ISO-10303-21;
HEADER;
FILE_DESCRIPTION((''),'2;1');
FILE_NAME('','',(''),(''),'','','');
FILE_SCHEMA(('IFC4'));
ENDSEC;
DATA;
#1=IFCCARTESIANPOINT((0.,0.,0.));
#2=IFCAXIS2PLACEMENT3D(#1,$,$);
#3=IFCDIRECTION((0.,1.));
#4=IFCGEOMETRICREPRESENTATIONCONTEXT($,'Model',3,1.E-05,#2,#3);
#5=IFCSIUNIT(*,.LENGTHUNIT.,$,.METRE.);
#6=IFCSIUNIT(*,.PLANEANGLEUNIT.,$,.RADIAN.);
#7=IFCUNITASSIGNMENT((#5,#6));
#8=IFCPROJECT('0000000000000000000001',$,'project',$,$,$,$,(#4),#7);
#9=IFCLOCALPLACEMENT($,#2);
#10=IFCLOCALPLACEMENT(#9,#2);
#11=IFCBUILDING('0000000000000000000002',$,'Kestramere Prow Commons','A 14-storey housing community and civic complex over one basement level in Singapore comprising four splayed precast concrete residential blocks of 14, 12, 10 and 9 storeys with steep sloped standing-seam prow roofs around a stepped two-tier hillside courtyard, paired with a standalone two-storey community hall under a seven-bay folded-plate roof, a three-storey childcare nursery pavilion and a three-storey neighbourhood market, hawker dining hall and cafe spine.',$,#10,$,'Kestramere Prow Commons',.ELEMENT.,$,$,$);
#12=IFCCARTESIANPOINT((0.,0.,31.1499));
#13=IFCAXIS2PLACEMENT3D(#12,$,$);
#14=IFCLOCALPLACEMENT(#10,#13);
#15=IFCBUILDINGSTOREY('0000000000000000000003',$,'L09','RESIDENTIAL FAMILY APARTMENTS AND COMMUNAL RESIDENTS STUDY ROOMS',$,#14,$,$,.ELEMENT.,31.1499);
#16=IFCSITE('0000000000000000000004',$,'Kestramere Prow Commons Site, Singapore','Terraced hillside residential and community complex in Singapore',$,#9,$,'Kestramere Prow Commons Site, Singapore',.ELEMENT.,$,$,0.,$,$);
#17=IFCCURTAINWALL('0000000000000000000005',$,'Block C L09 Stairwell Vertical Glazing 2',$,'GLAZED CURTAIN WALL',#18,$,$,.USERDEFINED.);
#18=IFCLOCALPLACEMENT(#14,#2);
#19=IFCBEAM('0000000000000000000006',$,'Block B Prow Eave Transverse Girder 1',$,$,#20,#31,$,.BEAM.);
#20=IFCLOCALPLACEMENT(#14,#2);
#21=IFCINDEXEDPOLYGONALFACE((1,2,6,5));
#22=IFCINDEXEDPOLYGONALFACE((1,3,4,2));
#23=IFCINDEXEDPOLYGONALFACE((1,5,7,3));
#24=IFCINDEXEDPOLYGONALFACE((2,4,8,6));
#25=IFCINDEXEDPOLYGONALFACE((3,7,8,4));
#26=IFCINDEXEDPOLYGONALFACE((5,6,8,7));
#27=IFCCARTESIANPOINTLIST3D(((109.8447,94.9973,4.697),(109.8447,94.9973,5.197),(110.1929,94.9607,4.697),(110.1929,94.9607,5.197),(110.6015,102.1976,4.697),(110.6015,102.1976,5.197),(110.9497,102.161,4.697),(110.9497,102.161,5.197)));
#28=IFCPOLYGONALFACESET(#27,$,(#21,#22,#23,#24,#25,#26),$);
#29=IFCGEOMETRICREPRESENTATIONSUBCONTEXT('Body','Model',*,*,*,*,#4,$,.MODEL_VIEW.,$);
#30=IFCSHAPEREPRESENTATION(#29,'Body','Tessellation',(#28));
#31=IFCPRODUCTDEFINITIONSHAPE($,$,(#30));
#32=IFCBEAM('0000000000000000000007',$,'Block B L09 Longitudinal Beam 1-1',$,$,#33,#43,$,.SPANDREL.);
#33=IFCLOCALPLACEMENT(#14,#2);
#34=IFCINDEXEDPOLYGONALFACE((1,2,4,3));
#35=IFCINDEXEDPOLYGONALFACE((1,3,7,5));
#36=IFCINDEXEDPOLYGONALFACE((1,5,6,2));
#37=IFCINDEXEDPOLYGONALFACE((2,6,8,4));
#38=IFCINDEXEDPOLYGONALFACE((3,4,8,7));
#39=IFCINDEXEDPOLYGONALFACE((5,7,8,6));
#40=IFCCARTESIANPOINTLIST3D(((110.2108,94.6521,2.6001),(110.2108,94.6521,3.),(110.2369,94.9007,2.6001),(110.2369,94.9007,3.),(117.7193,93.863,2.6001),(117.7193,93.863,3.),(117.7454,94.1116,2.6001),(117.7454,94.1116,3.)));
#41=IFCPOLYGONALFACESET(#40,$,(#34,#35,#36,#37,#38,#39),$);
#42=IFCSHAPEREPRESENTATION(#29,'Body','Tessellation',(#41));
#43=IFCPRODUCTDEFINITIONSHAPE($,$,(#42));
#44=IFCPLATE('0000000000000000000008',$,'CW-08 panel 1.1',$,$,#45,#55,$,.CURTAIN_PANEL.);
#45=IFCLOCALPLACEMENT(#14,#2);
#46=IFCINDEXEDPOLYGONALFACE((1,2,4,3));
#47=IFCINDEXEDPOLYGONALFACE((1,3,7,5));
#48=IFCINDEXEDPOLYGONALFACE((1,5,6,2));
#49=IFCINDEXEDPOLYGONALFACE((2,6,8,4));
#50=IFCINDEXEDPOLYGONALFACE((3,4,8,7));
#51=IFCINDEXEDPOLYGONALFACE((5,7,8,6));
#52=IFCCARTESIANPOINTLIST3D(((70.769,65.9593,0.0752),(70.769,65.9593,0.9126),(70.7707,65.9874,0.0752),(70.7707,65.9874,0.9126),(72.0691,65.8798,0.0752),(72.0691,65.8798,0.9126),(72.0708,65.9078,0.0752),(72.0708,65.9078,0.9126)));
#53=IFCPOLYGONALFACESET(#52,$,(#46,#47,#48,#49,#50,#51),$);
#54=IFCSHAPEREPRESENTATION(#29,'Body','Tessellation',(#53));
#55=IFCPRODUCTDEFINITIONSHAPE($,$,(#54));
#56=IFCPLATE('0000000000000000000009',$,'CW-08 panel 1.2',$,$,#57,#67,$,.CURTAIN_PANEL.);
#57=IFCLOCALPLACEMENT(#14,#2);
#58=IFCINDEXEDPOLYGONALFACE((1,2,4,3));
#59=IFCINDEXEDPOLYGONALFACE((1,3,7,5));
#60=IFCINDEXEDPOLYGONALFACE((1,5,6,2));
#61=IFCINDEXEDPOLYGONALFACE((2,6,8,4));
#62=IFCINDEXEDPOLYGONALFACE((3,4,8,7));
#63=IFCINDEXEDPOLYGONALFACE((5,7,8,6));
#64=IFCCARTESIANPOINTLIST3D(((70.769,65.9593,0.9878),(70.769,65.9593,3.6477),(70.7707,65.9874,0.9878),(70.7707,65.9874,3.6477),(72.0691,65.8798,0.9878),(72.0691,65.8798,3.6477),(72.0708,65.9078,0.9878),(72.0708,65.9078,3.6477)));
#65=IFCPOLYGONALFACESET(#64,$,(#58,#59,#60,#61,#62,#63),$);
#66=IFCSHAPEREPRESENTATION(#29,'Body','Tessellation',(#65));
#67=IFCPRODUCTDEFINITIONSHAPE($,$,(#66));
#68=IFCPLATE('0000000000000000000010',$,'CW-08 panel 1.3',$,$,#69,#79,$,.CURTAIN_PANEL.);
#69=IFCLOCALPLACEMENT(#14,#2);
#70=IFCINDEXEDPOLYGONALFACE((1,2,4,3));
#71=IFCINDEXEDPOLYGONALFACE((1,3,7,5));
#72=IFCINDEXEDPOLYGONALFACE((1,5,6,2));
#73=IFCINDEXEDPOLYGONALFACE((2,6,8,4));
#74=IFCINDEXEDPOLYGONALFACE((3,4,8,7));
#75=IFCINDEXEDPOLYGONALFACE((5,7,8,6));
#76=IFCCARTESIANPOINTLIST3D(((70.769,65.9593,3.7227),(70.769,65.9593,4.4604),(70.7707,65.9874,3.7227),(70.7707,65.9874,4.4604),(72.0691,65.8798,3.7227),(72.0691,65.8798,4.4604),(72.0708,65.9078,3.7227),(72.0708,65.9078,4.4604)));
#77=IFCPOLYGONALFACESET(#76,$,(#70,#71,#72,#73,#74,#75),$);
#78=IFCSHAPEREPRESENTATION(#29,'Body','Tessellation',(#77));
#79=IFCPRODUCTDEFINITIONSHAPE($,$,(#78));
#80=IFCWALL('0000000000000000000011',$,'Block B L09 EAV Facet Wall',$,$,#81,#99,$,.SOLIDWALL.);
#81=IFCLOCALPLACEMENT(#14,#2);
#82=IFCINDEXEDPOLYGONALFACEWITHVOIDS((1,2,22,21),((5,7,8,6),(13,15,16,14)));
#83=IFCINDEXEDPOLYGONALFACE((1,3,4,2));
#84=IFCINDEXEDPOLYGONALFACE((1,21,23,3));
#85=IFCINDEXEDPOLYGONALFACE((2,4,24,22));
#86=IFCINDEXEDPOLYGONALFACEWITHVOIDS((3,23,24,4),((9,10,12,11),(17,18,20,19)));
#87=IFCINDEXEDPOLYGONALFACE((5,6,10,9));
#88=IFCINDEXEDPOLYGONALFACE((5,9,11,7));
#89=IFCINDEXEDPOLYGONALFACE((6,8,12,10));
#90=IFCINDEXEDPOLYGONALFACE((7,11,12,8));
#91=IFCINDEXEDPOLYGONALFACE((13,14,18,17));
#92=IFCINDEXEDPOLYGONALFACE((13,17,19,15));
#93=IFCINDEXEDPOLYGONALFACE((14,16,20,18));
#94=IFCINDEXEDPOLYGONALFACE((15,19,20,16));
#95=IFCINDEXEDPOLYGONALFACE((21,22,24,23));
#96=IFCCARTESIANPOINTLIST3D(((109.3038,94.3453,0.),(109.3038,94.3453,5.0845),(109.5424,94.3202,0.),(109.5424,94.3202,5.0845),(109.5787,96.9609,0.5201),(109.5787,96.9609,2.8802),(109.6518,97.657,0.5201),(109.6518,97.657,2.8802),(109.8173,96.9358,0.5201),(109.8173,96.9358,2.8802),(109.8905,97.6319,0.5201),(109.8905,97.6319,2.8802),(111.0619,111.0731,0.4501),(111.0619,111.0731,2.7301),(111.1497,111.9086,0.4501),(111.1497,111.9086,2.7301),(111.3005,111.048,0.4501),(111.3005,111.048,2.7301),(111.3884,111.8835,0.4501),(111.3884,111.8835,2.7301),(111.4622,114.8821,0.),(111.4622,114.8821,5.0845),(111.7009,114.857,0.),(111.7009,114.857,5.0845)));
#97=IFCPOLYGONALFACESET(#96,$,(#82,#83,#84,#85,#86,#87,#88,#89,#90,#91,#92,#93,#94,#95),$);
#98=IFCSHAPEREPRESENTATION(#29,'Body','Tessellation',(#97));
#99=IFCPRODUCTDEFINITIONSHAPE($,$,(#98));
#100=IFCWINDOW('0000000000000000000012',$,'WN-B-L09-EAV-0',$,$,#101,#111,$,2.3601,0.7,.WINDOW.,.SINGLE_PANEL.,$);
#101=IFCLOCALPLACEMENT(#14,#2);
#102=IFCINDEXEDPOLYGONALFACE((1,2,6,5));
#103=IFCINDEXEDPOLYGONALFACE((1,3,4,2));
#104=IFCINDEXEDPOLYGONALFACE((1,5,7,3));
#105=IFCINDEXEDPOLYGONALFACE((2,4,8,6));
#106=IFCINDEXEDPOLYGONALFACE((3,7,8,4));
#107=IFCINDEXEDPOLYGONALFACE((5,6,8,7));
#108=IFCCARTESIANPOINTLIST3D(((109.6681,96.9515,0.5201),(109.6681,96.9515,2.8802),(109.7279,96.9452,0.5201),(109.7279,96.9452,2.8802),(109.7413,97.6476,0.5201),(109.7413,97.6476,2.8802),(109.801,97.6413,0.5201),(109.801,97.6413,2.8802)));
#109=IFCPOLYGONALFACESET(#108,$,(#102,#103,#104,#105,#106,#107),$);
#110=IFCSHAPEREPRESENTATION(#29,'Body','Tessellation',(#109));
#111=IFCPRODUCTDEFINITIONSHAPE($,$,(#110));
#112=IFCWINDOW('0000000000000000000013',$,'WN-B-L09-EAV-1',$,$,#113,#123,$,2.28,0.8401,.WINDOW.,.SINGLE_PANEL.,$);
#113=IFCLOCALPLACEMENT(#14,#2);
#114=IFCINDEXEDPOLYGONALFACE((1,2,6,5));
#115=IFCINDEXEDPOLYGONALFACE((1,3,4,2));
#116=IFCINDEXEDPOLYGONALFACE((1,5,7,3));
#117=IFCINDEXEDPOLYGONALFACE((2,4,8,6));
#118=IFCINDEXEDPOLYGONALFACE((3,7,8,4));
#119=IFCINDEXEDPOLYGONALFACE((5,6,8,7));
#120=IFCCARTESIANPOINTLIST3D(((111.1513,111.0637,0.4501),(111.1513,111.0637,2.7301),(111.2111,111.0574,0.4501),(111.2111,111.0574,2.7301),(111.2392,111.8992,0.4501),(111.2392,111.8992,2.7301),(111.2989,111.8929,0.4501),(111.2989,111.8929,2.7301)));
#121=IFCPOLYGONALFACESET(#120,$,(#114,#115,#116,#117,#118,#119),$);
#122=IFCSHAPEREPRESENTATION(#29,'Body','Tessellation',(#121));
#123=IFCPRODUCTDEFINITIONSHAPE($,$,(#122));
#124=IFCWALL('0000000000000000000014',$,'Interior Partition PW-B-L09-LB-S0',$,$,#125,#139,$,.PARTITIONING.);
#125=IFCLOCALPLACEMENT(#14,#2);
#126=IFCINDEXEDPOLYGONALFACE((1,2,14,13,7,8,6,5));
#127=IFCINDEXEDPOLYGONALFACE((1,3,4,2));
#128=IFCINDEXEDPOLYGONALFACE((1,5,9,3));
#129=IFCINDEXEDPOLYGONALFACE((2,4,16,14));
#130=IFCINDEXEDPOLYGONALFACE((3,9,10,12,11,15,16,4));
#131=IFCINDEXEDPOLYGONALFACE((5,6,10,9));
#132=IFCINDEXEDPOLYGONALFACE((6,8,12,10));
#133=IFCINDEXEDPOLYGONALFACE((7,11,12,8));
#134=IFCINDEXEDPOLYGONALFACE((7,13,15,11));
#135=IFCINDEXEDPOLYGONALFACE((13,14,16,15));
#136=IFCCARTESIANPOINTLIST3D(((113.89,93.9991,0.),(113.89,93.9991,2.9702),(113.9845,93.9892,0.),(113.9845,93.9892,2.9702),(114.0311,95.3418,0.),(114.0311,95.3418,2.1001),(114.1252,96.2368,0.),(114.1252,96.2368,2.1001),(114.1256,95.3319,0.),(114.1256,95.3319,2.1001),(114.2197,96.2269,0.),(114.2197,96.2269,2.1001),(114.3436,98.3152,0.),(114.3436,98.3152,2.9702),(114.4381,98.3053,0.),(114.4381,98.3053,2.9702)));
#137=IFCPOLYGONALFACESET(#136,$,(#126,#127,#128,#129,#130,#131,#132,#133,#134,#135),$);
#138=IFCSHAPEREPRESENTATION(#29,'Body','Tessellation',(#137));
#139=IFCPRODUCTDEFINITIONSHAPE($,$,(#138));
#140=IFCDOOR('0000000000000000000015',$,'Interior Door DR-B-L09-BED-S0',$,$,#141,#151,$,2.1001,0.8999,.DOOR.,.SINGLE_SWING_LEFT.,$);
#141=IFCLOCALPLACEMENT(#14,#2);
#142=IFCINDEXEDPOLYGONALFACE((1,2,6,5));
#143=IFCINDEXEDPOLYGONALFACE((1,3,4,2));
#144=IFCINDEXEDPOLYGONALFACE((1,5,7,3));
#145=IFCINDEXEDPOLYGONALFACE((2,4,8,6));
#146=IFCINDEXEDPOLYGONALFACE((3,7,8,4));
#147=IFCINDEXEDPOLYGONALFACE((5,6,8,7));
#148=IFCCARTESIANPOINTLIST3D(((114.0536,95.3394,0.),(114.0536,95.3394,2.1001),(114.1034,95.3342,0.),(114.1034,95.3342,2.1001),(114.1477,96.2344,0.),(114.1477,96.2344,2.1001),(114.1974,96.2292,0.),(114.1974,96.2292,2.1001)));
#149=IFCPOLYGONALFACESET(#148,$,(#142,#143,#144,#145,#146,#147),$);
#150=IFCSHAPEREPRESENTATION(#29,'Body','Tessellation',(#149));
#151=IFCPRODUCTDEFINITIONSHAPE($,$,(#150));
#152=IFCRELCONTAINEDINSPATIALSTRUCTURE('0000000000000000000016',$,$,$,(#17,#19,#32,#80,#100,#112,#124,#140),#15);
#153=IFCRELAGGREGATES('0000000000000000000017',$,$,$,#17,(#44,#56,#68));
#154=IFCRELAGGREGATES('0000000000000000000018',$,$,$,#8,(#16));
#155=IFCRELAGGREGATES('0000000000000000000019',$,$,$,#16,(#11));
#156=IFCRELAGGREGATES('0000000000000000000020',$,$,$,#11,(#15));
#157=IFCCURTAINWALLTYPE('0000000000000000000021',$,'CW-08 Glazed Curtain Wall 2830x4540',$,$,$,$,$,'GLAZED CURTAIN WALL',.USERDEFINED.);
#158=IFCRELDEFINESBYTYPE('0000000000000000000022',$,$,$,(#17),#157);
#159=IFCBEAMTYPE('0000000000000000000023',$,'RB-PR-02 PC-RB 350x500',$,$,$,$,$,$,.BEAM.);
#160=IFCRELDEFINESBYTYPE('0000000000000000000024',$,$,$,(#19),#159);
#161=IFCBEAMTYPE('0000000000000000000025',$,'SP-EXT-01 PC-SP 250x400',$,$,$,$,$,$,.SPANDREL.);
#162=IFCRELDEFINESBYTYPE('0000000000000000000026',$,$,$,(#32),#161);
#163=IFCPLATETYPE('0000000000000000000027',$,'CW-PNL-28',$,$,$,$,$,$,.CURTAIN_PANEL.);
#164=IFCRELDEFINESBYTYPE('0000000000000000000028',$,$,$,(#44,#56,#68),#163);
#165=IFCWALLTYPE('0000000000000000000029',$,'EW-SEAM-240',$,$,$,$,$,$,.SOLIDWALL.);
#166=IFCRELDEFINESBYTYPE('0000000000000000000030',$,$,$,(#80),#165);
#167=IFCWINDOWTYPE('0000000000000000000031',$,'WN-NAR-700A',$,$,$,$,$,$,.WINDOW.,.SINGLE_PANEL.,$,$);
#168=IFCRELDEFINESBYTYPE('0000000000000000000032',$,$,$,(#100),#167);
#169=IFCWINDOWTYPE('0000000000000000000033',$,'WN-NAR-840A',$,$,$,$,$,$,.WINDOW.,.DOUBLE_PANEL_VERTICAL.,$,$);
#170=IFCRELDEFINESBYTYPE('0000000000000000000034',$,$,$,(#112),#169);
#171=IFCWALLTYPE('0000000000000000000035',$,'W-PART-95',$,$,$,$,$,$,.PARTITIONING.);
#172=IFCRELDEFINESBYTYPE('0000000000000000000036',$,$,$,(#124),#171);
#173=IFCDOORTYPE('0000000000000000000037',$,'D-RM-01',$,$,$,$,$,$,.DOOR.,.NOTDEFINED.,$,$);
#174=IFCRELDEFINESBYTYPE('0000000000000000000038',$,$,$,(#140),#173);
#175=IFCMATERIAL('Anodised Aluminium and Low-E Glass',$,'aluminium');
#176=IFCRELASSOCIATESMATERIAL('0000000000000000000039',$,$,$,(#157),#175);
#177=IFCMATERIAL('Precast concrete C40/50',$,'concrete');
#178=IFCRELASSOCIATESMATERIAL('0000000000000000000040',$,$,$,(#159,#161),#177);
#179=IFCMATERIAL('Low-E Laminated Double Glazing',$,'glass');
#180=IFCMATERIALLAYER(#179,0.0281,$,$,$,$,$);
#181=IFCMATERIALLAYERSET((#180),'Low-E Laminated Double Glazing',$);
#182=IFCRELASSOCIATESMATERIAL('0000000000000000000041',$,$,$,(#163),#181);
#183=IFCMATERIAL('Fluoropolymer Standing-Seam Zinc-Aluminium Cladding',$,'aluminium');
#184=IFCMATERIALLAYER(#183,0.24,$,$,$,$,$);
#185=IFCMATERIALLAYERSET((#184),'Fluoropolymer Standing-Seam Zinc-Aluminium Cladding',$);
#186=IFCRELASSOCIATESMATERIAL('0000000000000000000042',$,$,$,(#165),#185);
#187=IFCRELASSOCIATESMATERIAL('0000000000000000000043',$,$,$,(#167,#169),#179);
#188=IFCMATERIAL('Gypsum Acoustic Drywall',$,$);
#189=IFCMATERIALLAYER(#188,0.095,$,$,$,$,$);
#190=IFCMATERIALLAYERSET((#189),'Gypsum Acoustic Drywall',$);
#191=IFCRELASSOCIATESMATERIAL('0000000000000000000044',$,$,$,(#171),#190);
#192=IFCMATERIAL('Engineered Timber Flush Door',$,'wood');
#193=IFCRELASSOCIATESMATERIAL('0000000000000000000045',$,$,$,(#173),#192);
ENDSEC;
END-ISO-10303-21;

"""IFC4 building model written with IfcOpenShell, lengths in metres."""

from ifc_helpers import new_model, si_unit, direction, frame, frame_2d, origin, origin_2d, place, context, subcontext, project, spatial, rectangle, extrude, material, layer, layer_set, material_profile, profile_set, type_object, element, fill, aggregate, save


model = new_model("IFC4")

# Units and contexts
model_context = context("Model", 3, precision=1e-05, world=origin(), true_north=direction((0.0, 1.0)))
body_context = subcontext(model_context, "Body", "Model", "MODEL_VIEW")
ifc_project = project(units=[si_unit("LENGTHUNIT", "METRE"), si_unit("PLANEANGLEUNIT", "RADIAN")], contexts=[model_context])

# Site, building, storey
site_placement = place(None, origin())
site = spatial("IfcSite", under=ifc_project, at=site_placement, Name="Kestramere Prow Commons Site, Singapore", Description="Terraced hillside residential and community complex in Singapore", LongName="Kestramere Prow Commons Site, Singapore", CompositionType="ELEMENT", RefElevation=0.0)
building_placement = place(site_placement, origin())
building = spatial("IfcBuilding", under=site, at=building_placement, Name="Kestramere Prow Commons", Description="A 14-storey housing community and civic complex over one basement level in Singapore comprising four splayed precast concrete residential blocks of 14, 12, 10 and 9 storeys with steep sloped standing-seam prow roofs around a stepped two-tier hillside courtyard, paired with a standalone two-storey community hall under a seven-bay folded-plate roof, a three-storey childcare nursery pavilion and a three-storey neighbourhood market, hawker dining hall and cafe spine.", LongName="Kestramere Prow Commons", CompositionType="ELEMENT")
storey_placement = place(building_placement, frame((0.0, 0.0, 31.1499)))
storey = spatial("IfcBuildingStorey", under=building, at=storey_placement, Name="L09", Description="RESIDENTIAL FAMILY APARTMENTS AND COMMUNAL RESIDENTS STUDY ROOMS", CompositionType="ELEMENT", Elevation=31.1499)

# Shared definitions
ifc_material_1 = material(Name="Precast concrete C40/50", Category="concrete")

# Curtain wall
ifc_material_2 = material(Name="Anodised Aluminium and Low-E Glass", Category="aluminium")
curtain_wall_type = type_object("IfcCurtainWallType", Name="CW-08 Glazed Curtain Wall 2830x4540", ElementType="GLAZED CURTAIN WALL", PredefinedType="USERDEFINED", material=ifc_material_2)
curtain_wall_placement = place(storey_placement, origin())
curtain_wall = element("IfcCurtainWall", 1, at=curtain_wall_placement, inside=storey, type_object=curtain_wall_type, Name="Block C L09 Stairwell Vertical Glazing 2", ObjectType="GLAZED CURTAIN WALL", PredefinedType="USERDEFINED")

# Beams
ifc_material_profile_1 = material_profile(ifc_material_1, rectangle(XDim=0.3501, YDim=0.5, at=origin_2d()), Name="PC-RB 350x500")
ifc_profile_set_1 = profile_set([ifc_material_profile_1], Name="Precast concrete C40/50")
beam_type_1 = type_object("IfcBeamType", Name="RB-PR-02 PC-RB 350x500", PredefinedType="BEAM", material=ifc_profile_set_1)
beam_1_placement = place(storey_placement, frame((110.0188, 94.979, 4.947), z_axis=(0.104534, 0.994521, 0.0), x_axis=(-0.994521, 0.104534, 0.0)))
element("IfcBeam", 2, at=beam_1_placement, inside=storey, type_object=beam_type_1, Name="Block B Prow Eave Transverse Girder 1", PredefinedType="BEAM", context=body_context, shape_type="SweptSolid", body=[
    extrude(rectangle(XDim=0.3501, YDim=0.5, at=origin_2d()), origin(), (0.0, 0.0, 1.0), 7.24),
])
ifc_material_profile_2 = material_profile(ifc_material_1, rectangle(XDim=0.25, YDim=0.3999, at=origin_2d()), Name="PC-SP 250x400")
ifc_profile_set_2 = profile_set([ifc_material_profile_2], Name="Precast concrete C40/50")
beam_type_2 = type_object("IfcBeamType", Name="SP-EXT-01 PC-SP 250x400", PredefinedType="SPANDREL", material=ifc_profile_set_2)
beam_2_placement = place(storey_placement, frame((110.2239, 94.7764, 2.8), z_axis=(0.994524, -0.104513, 0.0), x_axis=(0.104513, 0.994524, 0.0)))
element("IfcBeam", 3, at=beam_2_placement, inside=storey, type_object=beam_type_2, Name="Block B L09 Longitudinal Beam 1-1", PredefinedType="SPANDREL", context=body_context, shape_type="SweptSolid", body=[
    extrude(rectangle(XDim=0.25, YDim=0.3999, at=origin_2d()), origin(), (0.0, 0.0, 1.0), 7.5498),
])

# Plates
ifc_material_3 = material(Name="Low-E Laminated Double Glazing", Category="glass")
ifc_layer_1 = layer(ifc_material_3, 0.0281)
ifc_layer_set_1 = layer_set([ifc_layer_1], Name="Low-E Laminated Double Glazing")
plate_type = type_object("IfcPlateType", Name="CW-PNL-28", PredefinedType="CURTAIN_PANEL", material=ifc_layer_set_1)
plate_1_placement = place(storey_placement, frame((71.4199, 65.9336, 0.0752), z_axis=(0.0, 0.0, 1.0), x_axis=(0.998135, -0.061048, 0.0)))
plate_1 = element("IfcPlate", 4, at=plate_1_placement, type_object=plate_type, Name="CW-08 panel 1.1", PredefinedType="CURTAIN_PANEL", context=body_context, shape_type="SweptSolid", body=[
    extrude(rectangle(XDim=1.3025, YDim=0.0281, at=origin_2d()), origin(), (0.0, 0.0, 1.0), 0.8374),
])
plate_2_placement = place(storey_placement, frame((71.4199, 65.9336, 0.9878), z_axis=(0.0, 0.0, 1.0), x_axis=(0.998135, -0.061048, 0.0)))
plate_2 = element("IfcPlate", 5, at=plate_2_placement, type_object=plate_type, Name="CW-08 panel 1.2", PredefinedType="CURTAIN_PANEL", context=body_context, shape_type="SweptSolid", body=[
    extrude(rectangle(XDim=1.3025, YDim=0.0281, at=origin_2d()), origin(), (0.0, 0.0, 1.0), 2.6599),
])
plate_3_placement = place(storey_placement, frame((71.4199, 65.9336, 3.7227), z_axis=(0.0, 0.0, 1.0), x_axis=(0.998135, -0.061048, 0.0)))
plate_3 = element("IfcPlate", 6, at=plate_3_placement, type_object=plate_type, Name="CW-08 panel 1.3", PredefinedType="CURTAIN_PANEL", context=body_context, shape_type="SweptSolid", body=[
    extrude(rectangle(XDim=1.3025, YDim=0.0281, at=origin_2d()), origin(), (0.0, 0.0, 1.0), 0.7378),
])
aggregate(curtain_wall, [plate_1, plate_2, plate_3])

# Wall, openings, windows
ifc_material_4 = material(Name="Fluoropolymer Standing-Seam Zinc-Aluminium Cladding", Category="aluminium")
ifc_layer_2 = layer(ifc_material_4, 0.24)
ifc_layer_set_2 = layer_set([ifc_layer_2], Name="Fluoropolymer Standing-Seam Zinc-Aluminium Cladding")
wall_type_1 = type_object("IfcWallType", Name="EW-SEAM-240", PredefinedType="SOLIDWALL", material=ifc_layer_set_2)
wall_1_placement = place(storey_placement, frame((109.4231, 94.3328, 0.0), z_axis=(0.0, 0.0, 1.0), x_axis=(0.104525, 0.994522, 0.0)))
wall_1 = element("IfcWall", 7, at=wall_1_placement, inside=storey, type_object=wall_type_1, Name="Block B L09 EAV Facet Wall", PredefinedType="SOLIDWALL", context=body_context, shape_type="SweptSolid", body=[
    extrude(rectangle(XDim=20.6499, YDim=0.24, at=frame_2d((10.325, 0.0))), origin(), (0.0, 0.0, 1.0), 5.0845),
])
opening_1_placement = place(wall_1_placement, frame((2.6299, 0.0, 0.52)))
opening_1 = element("IfcOpeningElement", 8, at=opening_1_placement, cuts=wall_1, PredefinedType="OPENING", context=body_context, shape_type="SweptSolid", body=[
    extrude(rectangle(XDim=0.7, YDim=2.3601, at=frame_2d((0.3501, 1.1802))), frame((0.0, 0.135, 0.0), z_axis=(0.0, -1.0, 0.0), x_axis=(1.0, 0.0, 0.0)), (0.0, 0.0, 1.0), 0.27),
])
opening_2_placement = place(wall_1_placement, frame((16.8201, 0.0, 0.45)))
opening_2 = element("IfcOpeningElement", 9, at=opening_2_placement, cuts=wall_1, PredefinedType="OPENING", context=body_context, shape_type="SweptSolid", body=[
    extrude(rectangle(XDim=0.8401, YDim=2.28, at=frame_2d((0.4199, 1.1401))), frame((0.0, 0.135, 0.0), z_axis=(0.0, -1.0, 0.0), x_axis=(1.0, 0.0, 0.0)), (0.0, 0.0, 1.0), 0.27),
])
window_type_1 = type_object("IfcWindowType", Name="WN-NAR-700A", PartitioningType="SINGLE_PANEL", PredefinedType="WINDOW", material=ifc_material_3)
window_1_placement = place(opening_1_placement, origin())
window_1 = element("IfcWindow", 10, at=window_1_placement, inside=storey, type_object=window_type_1, Name="WN-B-L09-EAV-0", OverallHeight=2.3601, OverallWidth=0.7, PartitioningType="SINGLE_PANEL", PredefinedType="WINDOW", context=body_context, shape_type="SweptSolid", body=[
    extrude(rectangle(XDim=0.7, YDim=2.3601, at=frame_2d((0.3501, 1.1802))), frame((0.0, 0.03, 0.0), z_axis=(0.0, -1.0, 0.0), x_axis=(1.0, 0.0, 0.0)), (0.0, 0.0, 1.0), 0.0601),
])
fill(opening_1, window_1)
window_type_2 = type_object("IfcWindowType", Name="WN-NAR-840A", PartitioningType="DOUBLE_PANEL_VERTICAL", PredefinedType="WINDOW", material=ifc_material_3)
window_2_placement = place(opening_2_placement, origin())
window_2 = element("IfcWindow", 11, at=window_2_placement, inside=storey, type_object=window_type_2, Name="WN-B-L09-EAV-1", OverallHeight=2.28, OverallWidth=0.8401, PartitioningType="SINGLE_PANEL", PredefinedType="WINDOW", context=body_context, shape_type="SweptSolid", body=[
    extrude(rectangle(XDim=0.8401, YDim=2.28, at=frame_2d((0.4199, 1.1401))), frame((0.0, 0.03, 0.0), z_axis=(0.0, -1.0, 0.0), x_axis=(1.0, 0.0, 0.0)), (0.0, 0.0, 1.0), 0.0601),
])
fill(opening_2, window_2)

# Wall, opening, door
ifc_material_5 = material(Name="Gypsum Acoustic Drywall")
ifc_layer_3 = layer(ifc_material_5, 0.095)
ifc_layer_set_3 = layer_set([ifc_layer_3], Name="Gypsum Acoustic Drywall")
wall_type_2 = type_object("IfcWallType", Name="W-PART-95", PredefinedType="PARTITIONING", material=ifc_layer_set_3)
wall_2_placement = place(storey_placement, frame((113.9373, 93.9941, 0.0), z_axis=(0.0, 0.0, 1.0), x_axis=(0.104521, 0.994523, 0.0)))
wall_2 = element("IfcWall", 12, at=wall_2_placement, inside=storey, type_object=wall_type_2, Name="Interior Partition PW-B-L09-LB-S0", PredefinedType="PARTITIONING", context=body_context, shape_type="SweptSolid", body=[
    extrude(rectangle(XDim=4.3398, YDim=0.095, at=frame_2d((2.1699, 0.0))), origin(), (0.0, 0.0, 1.0), 2.9702),
])
opening_3_placement = place(wall_2_placement, frame((1.3501, 0.0, 0.0)))
opening_3 = element("IfcOpeningElement", 13, at=opening_3_placement, cuts=wall_2, PredefinedType="OPENING", context=body_context, shape_type="SweptSolid", body=[
    extrude(rectangle(XDim=0.8999, YDim=2.1001, at=frame_2d((0.45, 1.05))), frame((0.0, 0.0625, 0.0), z_axis=(0.0, -1.0, 0.0), x_axis=(1.0, 0.0, 0.0)), (0.0, 0.0, 1.0), 0.125),
])
ifc_material_6 = material(Name="Engineered Timber Flush Door", Category="wood")
door_type_1 = type_object("IfcDoorType", Name="D-RM-01", OperationType="NOTDEFINED", PredefinedType="DOOR", material=ifc_material_6)
door_1_placement = place(opening_3_placement, origin())
door_1 = element("IfcDoor", 14, at=door_1_placement, inside=storey, type_object=door_type_1, Name="Interior Door DR-B-L09-BED-S0", OperationType="SINGLE_SWING_LEFT", OverallHeight=2.1001, OverallWidth=0.8999, PredefinedType="DOOR", context=body_context, shape_type="SweptSolid", body=[
    extrude(rectangle(XDim=0.8999, YDim=2.1001, at=frame_2d((0.45, 1.05))), frame((0.0, 0.0249, 0.0), z_axis=(0.0, -1.0, 0.0), x_axis=(1.0, 0.0, 0.0)), (0.0, 0.0, 1.0), 0.05),
])
fill(opening_3, door_1)

save(model, "model.ifc")
